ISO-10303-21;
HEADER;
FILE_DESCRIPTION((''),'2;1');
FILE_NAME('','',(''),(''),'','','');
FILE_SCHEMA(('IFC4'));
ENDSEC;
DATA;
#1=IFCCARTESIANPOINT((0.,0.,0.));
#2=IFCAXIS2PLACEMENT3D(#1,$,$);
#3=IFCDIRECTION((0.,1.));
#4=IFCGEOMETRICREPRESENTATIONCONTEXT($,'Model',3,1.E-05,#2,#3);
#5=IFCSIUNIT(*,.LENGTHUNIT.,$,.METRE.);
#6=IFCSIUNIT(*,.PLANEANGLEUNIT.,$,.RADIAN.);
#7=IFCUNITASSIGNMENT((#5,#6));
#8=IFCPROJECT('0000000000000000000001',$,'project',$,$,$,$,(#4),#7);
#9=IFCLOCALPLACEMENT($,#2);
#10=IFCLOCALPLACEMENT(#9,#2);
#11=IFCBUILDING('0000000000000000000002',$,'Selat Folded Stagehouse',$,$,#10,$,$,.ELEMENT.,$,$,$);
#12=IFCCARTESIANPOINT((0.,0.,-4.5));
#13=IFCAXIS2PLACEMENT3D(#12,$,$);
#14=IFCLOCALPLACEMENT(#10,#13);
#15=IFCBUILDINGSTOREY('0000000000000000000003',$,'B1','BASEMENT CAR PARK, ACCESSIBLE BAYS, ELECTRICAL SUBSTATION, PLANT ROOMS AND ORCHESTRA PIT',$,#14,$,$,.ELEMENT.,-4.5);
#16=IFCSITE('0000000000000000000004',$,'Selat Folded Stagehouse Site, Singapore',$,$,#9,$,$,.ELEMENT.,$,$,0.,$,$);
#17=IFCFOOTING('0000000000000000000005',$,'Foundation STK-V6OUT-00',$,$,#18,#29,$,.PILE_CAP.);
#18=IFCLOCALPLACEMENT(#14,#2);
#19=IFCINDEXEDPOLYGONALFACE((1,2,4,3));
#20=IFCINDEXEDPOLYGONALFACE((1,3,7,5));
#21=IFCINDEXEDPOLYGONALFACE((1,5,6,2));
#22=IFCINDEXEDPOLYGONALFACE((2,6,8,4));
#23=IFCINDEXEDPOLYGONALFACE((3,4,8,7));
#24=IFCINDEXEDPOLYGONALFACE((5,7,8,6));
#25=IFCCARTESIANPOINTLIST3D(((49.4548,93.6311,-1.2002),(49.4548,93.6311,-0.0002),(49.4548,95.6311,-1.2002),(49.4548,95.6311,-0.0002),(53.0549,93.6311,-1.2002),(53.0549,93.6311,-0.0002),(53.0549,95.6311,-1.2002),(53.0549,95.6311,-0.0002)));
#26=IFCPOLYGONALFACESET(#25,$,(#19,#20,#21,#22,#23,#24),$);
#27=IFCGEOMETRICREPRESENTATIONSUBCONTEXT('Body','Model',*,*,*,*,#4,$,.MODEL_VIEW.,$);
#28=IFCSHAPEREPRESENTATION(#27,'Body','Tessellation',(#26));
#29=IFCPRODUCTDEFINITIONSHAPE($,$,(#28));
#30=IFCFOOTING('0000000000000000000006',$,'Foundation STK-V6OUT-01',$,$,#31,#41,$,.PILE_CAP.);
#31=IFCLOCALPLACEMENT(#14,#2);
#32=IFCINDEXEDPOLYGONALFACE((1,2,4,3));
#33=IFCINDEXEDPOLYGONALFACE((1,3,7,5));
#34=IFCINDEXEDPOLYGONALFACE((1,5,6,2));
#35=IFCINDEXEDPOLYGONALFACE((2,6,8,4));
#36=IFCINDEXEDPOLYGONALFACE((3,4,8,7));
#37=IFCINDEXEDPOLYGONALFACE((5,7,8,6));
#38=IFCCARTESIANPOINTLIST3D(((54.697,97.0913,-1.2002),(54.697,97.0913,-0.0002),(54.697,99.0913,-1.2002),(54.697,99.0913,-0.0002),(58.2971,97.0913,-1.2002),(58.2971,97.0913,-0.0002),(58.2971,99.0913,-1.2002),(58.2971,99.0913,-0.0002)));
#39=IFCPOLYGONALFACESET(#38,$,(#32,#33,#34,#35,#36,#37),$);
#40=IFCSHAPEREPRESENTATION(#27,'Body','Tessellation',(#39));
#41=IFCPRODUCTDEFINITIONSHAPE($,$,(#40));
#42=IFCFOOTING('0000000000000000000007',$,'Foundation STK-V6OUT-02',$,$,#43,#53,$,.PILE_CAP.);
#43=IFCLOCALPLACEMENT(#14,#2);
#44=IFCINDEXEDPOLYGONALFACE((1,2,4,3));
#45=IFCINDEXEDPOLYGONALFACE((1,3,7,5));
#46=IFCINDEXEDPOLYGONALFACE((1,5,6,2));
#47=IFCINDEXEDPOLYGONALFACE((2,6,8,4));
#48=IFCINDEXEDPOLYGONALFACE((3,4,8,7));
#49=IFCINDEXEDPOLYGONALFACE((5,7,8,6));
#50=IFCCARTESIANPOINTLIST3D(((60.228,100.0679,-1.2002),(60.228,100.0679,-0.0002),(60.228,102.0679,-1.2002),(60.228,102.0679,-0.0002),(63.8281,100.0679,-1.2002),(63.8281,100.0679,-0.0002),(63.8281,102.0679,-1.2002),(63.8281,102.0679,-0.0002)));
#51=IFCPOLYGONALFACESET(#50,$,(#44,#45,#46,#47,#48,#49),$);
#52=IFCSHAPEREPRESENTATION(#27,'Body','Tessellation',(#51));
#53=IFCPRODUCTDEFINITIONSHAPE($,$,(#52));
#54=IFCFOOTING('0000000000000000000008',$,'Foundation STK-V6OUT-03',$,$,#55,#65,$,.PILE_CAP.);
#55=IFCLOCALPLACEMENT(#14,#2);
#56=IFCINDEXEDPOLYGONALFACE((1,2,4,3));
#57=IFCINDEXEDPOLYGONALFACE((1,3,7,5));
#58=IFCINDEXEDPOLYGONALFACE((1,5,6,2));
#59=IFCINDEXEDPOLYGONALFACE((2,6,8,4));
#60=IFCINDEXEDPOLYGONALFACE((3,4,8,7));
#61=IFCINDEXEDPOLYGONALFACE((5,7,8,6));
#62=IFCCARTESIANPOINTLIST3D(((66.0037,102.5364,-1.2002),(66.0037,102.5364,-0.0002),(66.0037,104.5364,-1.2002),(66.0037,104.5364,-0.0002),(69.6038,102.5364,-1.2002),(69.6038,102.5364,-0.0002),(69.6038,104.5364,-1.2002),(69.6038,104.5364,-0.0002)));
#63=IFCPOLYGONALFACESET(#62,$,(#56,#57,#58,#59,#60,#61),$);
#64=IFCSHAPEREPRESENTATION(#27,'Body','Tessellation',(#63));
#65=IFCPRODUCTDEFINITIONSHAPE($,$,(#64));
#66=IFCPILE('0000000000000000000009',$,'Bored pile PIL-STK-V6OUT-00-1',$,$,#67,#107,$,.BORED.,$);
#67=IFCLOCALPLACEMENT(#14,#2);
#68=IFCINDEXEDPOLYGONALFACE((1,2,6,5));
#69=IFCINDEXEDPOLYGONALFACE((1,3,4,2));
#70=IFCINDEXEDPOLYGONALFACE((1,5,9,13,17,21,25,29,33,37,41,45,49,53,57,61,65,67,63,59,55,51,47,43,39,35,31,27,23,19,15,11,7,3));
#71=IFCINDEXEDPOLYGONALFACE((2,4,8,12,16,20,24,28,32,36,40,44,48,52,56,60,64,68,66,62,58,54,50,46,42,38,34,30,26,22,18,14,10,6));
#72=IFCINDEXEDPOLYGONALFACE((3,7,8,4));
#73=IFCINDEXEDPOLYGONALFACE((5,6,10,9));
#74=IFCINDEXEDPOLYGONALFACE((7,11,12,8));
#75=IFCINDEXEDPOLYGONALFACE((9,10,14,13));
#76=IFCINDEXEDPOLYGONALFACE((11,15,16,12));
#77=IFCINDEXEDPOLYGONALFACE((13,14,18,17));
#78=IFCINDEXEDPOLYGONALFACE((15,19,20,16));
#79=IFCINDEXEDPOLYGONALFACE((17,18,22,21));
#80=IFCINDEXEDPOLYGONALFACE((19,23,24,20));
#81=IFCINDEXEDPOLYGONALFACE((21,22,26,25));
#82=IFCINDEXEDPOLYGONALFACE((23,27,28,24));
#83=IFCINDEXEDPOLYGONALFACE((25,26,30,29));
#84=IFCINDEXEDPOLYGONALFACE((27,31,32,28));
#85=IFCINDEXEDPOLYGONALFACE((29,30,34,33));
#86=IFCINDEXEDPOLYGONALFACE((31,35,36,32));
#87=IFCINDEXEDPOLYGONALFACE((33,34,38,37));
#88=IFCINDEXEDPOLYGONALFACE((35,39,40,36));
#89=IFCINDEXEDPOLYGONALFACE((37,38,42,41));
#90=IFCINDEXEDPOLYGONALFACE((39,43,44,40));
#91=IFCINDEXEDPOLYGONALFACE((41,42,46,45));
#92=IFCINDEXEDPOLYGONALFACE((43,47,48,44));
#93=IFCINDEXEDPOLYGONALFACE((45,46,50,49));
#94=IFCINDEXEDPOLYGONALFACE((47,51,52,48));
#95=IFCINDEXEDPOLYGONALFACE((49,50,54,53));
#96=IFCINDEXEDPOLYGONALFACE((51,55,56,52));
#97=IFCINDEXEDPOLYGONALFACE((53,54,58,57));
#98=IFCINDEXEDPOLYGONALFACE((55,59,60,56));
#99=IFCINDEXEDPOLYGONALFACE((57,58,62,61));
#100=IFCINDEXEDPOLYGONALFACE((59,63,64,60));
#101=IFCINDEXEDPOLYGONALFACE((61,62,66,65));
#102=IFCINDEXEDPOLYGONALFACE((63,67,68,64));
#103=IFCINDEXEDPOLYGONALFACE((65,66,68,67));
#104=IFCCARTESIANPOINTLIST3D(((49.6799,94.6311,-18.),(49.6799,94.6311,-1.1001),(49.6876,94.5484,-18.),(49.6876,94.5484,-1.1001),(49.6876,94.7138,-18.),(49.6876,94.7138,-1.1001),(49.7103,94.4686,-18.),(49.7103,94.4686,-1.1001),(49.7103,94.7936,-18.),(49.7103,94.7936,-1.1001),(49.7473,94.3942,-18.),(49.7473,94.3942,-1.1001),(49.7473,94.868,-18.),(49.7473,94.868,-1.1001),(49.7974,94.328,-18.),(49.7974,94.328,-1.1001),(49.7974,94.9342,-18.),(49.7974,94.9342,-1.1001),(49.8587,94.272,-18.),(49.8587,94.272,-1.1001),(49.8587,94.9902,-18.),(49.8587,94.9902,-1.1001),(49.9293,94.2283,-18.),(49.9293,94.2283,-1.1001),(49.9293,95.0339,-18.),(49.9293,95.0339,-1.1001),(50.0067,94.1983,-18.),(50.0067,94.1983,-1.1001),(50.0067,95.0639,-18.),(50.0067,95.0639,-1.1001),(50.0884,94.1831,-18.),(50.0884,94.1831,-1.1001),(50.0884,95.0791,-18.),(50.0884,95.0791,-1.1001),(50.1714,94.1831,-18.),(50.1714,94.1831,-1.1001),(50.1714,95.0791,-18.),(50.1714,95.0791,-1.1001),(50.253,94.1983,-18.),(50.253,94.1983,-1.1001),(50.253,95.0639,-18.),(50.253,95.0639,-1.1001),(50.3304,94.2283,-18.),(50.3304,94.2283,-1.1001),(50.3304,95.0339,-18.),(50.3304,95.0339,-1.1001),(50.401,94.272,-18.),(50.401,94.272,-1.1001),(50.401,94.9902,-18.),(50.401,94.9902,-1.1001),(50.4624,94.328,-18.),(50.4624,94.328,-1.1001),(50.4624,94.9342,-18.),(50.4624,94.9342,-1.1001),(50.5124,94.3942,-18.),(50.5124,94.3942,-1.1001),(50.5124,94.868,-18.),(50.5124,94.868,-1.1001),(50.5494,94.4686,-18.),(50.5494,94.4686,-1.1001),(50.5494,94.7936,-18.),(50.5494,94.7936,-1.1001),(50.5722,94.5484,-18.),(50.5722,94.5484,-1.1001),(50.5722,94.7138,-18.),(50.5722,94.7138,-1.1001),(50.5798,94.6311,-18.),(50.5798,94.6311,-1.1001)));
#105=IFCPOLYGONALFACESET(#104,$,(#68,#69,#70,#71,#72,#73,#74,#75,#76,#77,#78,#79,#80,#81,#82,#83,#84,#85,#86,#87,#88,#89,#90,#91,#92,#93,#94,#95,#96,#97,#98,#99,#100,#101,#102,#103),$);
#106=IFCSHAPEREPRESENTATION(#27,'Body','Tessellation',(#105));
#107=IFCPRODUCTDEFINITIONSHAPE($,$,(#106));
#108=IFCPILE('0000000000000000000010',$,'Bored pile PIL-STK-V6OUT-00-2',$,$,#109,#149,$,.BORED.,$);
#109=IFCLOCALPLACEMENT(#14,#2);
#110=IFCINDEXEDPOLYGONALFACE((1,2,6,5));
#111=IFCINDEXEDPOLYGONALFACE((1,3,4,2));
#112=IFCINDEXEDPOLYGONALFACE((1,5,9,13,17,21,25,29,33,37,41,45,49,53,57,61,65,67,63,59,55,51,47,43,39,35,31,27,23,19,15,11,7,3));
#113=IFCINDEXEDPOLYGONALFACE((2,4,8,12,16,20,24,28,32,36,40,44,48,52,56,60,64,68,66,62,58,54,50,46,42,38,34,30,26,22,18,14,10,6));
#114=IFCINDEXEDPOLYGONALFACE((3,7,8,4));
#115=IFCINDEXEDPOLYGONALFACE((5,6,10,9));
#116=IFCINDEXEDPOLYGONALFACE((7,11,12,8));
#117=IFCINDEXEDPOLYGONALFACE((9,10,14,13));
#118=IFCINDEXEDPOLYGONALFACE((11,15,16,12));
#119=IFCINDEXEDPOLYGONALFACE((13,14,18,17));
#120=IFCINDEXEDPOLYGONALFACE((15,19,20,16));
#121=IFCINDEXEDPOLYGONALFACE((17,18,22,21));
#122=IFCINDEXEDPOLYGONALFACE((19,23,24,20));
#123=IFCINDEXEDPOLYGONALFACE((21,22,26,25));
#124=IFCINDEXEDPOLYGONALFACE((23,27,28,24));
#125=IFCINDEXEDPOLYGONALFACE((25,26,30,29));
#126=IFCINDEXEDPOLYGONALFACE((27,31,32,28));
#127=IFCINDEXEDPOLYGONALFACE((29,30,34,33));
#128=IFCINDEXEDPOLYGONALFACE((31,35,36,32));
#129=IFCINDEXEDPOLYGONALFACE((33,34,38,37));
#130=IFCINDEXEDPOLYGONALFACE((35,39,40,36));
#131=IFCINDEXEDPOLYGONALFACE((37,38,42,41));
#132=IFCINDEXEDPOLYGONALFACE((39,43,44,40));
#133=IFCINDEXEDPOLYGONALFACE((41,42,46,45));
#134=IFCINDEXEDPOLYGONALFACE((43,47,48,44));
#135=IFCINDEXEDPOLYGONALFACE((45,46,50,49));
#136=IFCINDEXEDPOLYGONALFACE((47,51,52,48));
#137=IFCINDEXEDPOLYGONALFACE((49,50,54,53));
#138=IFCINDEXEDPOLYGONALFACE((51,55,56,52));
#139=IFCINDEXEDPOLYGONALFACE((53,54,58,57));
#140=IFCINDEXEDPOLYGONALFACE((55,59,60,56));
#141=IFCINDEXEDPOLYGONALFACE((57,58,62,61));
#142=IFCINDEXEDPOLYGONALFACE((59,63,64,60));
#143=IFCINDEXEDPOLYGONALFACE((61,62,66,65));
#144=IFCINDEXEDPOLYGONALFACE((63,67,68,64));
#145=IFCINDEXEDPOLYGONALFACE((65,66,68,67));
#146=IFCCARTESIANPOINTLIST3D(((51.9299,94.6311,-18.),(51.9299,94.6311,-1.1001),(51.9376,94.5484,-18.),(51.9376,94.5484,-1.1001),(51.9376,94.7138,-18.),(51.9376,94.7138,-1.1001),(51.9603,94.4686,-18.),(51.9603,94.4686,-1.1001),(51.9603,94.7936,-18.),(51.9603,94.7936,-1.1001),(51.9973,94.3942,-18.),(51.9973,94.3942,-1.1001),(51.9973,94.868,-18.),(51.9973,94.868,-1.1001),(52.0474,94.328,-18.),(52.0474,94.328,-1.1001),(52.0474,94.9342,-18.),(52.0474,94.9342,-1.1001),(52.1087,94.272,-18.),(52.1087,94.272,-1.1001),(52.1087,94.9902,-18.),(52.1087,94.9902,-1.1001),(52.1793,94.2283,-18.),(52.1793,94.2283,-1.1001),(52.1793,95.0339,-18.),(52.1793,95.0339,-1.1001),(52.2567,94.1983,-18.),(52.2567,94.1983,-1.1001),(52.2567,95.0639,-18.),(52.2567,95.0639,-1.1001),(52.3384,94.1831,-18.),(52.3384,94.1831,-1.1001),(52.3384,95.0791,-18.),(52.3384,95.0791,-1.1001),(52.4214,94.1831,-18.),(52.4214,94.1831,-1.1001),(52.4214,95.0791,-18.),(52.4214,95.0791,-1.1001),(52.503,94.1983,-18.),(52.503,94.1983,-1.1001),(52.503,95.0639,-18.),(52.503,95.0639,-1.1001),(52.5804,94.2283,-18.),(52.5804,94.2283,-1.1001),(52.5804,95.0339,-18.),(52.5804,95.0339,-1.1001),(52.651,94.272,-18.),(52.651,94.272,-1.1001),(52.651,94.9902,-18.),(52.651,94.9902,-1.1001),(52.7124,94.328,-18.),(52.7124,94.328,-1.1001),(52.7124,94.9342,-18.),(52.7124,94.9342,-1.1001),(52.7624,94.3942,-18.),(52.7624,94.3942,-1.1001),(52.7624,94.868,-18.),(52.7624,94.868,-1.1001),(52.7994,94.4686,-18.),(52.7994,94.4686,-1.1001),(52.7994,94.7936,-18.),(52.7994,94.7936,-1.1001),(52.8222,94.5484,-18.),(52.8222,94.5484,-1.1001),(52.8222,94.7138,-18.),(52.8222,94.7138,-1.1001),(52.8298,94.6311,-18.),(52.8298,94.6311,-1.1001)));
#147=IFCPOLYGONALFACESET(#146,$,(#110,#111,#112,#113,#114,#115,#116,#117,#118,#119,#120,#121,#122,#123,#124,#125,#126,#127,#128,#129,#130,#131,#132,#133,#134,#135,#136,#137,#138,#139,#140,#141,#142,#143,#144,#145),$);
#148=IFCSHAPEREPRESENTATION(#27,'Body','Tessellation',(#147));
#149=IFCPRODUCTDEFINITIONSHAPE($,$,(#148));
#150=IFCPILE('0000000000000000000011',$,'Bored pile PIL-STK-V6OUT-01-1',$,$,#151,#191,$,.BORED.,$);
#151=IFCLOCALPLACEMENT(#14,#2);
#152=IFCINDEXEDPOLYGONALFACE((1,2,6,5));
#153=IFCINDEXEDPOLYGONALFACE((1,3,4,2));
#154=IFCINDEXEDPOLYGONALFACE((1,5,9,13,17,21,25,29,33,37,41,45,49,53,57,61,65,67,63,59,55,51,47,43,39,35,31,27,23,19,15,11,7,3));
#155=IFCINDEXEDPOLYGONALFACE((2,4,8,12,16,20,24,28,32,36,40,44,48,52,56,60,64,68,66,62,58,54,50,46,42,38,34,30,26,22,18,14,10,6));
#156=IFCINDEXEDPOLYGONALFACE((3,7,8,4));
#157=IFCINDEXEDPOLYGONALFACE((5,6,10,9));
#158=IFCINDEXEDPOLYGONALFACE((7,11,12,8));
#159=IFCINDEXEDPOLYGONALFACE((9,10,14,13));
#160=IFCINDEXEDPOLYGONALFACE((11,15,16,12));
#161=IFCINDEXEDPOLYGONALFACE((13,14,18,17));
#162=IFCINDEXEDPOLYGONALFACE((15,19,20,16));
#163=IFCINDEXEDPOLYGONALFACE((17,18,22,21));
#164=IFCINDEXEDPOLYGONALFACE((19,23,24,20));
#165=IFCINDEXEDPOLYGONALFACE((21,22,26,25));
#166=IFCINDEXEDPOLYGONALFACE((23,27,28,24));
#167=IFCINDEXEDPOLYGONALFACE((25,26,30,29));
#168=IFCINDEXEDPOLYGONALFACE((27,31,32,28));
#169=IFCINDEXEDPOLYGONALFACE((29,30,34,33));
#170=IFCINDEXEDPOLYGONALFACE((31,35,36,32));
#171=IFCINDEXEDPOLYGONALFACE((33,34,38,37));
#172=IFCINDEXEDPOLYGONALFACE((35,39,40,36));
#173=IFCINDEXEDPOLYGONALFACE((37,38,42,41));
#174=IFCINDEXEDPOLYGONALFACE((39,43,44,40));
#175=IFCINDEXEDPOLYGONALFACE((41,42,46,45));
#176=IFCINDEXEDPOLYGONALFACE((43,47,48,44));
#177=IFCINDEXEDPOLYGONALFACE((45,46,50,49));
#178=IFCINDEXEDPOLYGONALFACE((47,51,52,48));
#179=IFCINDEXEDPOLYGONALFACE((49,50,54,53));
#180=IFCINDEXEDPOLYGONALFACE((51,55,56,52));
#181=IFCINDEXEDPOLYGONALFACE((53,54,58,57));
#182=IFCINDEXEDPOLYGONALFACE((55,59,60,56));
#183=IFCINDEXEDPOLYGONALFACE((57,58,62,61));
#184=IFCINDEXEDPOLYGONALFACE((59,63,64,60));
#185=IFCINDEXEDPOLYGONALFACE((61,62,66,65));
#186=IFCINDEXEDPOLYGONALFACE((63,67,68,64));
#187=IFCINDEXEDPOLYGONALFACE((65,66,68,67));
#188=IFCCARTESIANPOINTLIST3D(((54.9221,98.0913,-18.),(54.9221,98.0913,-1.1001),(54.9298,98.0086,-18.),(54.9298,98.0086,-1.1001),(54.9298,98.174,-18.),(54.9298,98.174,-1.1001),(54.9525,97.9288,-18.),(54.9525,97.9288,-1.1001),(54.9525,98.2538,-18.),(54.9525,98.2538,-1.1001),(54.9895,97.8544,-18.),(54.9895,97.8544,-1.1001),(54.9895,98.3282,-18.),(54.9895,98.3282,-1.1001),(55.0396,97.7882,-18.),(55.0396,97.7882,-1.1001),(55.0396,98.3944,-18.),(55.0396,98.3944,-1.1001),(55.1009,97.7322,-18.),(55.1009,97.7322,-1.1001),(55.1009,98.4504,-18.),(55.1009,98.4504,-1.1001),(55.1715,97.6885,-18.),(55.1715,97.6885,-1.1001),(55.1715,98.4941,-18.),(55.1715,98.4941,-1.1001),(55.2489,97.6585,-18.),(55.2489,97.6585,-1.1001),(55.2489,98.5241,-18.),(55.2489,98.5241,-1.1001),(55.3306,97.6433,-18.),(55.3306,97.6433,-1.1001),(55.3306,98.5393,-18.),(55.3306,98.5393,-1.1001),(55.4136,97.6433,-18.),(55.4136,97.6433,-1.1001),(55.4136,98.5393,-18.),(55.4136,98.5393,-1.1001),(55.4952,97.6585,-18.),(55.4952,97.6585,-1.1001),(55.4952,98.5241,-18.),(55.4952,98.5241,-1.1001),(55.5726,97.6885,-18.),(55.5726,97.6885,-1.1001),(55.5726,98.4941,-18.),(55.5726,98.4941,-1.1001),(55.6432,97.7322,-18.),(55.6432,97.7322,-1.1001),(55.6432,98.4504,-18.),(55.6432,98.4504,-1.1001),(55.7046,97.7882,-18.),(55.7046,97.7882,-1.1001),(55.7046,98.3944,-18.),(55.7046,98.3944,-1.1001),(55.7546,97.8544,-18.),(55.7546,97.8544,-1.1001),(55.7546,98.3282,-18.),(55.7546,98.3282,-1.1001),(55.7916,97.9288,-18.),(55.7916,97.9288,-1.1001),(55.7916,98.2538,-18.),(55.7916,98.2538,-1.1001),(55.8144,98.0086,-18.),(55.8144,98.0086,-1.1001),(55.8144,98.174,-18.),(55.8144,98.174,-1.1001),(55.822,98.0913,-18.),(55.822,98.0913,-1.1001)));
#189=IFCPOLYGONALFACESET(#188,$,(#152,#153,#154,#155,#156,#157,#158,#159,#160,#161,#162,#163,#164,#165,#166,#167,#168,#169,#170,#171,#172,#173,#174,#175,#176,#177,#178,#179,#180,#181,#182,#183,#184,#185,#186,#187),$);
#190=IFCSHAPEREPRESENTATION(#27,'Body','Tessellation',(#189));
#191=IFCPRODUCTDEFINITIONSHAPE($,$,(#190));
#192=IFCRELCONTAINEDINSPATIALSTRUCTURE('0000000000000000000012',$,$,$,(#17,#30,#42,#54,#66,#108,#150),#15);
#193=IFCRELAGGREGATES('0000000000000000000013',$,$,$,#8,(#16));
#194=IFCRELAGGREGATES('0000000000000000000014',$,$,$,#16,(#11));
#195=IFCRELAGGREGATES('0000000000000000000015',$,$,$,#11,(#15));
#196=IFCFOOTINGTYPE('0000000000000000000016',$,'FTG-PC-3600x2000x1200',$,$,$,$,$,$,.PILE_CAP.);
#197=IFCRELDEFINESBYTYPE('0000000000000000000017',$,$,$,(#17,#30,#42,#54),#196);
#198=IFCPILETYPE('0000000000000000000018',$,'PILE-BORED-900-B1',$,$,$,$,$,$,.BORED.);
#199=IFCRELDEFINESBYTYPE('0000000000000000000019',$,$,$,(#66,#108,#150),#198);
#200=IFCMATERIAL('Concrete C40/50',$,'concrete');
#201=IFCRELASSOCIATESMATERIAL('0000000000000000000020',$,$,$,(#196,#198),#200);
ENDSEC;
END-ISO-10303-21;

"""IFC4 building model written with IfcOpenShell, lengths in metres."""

from ifc_helpers import new_model, si_unit, direction, frame, origin, origin_2d, place, context, subcontext, project, spatial, rectangle, circle, extrude, material, material_profile, profile_set, type_object, element, save


model = new_model("IFC4")

# Units and contexts
model_context = context("Model", 3, precision=1e-05, world=origin(), true_north=direction((0.0, 1.0)))
body_context = subcontext(model_context, "Body", "Model", "MODEL_VIEW")
ifc_project = project(units=[si_unit("LENGTHUNIT", "METRE"), si_unit("PLANEANGLEUNIT", "RADIAN")], contexts=[model_context])

# Site, building, storey
site_placement = place(None, origin())
site = spatial("IfcSite", under=ifc_project, at=site_placement, Name="Selat Folded Stagehouse Site, Singapore", CompositionType="ELEMENT", RefElevation=0.0)
building_placement = place(site_placement, origin())
building = spatial("IfcBuilding", under=site, at=building_placement, Name="Selat Folded Stagehouse", CompositionType="ELEMENT")
storey_placement = place(building_placement, frame((0.0, 0.0, -4.5)))
storey = spatial("IfcBuildingStorey", under=building, at=storey_placement, Name="B1", Description="BASEMENT CAR PARK, ACCESSIBLE BAYS, ELECTRICAL SUBSTATION, PLANT ROOMS AND ORCHESTRA PIT", CompositionType="ELEMENT", Elevation=-4.5)

# Footings
ifc_material_1 = material(Name="Concrete C40/50", Category="concrete")
footing_type = type_object("IfcFootingType", Name="FTG-PC-3600x2000x1200", PredefinedType="PILE_CAP", material=ifc_material_1)
for number, where, z_axis, x_axis, name in (
    (1, (51.2549, 94.6311, -1.2002), (0.0, 0.0, 1.0), (1.0, 0.0, 0.0), "Foundation STK-V6OUT-00"),
    (2, (56.4971, 98.0913, -1.2002), (0.0, 0.0, 1.0), (1.0, 0.0, 0.0), "Foundation STK-V6OUT-01"),
    (3, (62.0281, 101.0679, -1.2002), (0.0, 0.0, 1.0), (1.0, 0.0, 0.0), "Foundation STK-V6OUT-02"),
    (4, (67.8037, 103.5364, -1.2002), (0.0, 0.0, 1.0), (1.0, 0.0, 0.0), "Foundation STK-V6OUT-03"),
):
    element("IfcFooting", number, at=place(storey_placement, frame(where, z_axis=z_axis, x_axis=x_axis)), inside=storey, type_object=footing_type, Name=name, PredefinedType="PILE_CAP", context=body_context, shape_type="SweptSolid", body=[
        extrude(rectangle(XDim=3.6001, YDim=2.0, at=origin_2d()), origin(), (0.0, 0.0, 1.0), 1.2),
    ])

# Piles
ifc_material_profile_1 = material_profile(ifc_material_1, circle(Radius=0.45, at=origin_2d()), Name="PILE D900")
ifc_profile_set_1 = profile_set([ifc_material_profile_1], Name="Concrete C40/50")
pile_type = type_object("IfcPileType", Name="PILE-BORED-900-B1", PredefinedType="BORED", material=ifc_profile_set_1)
for number, where, z_axis, x_axis, name in (
    (5, (50.1299, 94.6311, -1.1001), (0.0, 0.0, -1.0), (1.0, 0.0, 0.0), "Bored pile PIL-STK-V6OUT-00-1"),
    (6, (52.3799, 94.6311, -1.1001), (0.0, 0.0, -1.0), (1.0, 0.0, 0.0), "Bored pile PIL-STK-V6OUT-00-2"),
    (7, (55.3721, 98.0913, -1.1001), (0.0, 0.0, -1.0), (1.0, 0.0, 0.0), "Bored pile PIL-STK-V6OUT-01-1"),
):
    element("IfcPile", number, at=place(storey_placement, frame(where, z_axis=z_axis, x_axis=x_axis)), inside=storey, type_object=pile_type, Name=name, PredefinedType="BORED", context=body_context, shape_type="SweptSolid", body=[
        extrude(circle(Radius=0.45, at=origin_2d()), origin(), (0.0, 0.0, 1.0), 16.8999),
    ])

save(model, "model.ifc")
